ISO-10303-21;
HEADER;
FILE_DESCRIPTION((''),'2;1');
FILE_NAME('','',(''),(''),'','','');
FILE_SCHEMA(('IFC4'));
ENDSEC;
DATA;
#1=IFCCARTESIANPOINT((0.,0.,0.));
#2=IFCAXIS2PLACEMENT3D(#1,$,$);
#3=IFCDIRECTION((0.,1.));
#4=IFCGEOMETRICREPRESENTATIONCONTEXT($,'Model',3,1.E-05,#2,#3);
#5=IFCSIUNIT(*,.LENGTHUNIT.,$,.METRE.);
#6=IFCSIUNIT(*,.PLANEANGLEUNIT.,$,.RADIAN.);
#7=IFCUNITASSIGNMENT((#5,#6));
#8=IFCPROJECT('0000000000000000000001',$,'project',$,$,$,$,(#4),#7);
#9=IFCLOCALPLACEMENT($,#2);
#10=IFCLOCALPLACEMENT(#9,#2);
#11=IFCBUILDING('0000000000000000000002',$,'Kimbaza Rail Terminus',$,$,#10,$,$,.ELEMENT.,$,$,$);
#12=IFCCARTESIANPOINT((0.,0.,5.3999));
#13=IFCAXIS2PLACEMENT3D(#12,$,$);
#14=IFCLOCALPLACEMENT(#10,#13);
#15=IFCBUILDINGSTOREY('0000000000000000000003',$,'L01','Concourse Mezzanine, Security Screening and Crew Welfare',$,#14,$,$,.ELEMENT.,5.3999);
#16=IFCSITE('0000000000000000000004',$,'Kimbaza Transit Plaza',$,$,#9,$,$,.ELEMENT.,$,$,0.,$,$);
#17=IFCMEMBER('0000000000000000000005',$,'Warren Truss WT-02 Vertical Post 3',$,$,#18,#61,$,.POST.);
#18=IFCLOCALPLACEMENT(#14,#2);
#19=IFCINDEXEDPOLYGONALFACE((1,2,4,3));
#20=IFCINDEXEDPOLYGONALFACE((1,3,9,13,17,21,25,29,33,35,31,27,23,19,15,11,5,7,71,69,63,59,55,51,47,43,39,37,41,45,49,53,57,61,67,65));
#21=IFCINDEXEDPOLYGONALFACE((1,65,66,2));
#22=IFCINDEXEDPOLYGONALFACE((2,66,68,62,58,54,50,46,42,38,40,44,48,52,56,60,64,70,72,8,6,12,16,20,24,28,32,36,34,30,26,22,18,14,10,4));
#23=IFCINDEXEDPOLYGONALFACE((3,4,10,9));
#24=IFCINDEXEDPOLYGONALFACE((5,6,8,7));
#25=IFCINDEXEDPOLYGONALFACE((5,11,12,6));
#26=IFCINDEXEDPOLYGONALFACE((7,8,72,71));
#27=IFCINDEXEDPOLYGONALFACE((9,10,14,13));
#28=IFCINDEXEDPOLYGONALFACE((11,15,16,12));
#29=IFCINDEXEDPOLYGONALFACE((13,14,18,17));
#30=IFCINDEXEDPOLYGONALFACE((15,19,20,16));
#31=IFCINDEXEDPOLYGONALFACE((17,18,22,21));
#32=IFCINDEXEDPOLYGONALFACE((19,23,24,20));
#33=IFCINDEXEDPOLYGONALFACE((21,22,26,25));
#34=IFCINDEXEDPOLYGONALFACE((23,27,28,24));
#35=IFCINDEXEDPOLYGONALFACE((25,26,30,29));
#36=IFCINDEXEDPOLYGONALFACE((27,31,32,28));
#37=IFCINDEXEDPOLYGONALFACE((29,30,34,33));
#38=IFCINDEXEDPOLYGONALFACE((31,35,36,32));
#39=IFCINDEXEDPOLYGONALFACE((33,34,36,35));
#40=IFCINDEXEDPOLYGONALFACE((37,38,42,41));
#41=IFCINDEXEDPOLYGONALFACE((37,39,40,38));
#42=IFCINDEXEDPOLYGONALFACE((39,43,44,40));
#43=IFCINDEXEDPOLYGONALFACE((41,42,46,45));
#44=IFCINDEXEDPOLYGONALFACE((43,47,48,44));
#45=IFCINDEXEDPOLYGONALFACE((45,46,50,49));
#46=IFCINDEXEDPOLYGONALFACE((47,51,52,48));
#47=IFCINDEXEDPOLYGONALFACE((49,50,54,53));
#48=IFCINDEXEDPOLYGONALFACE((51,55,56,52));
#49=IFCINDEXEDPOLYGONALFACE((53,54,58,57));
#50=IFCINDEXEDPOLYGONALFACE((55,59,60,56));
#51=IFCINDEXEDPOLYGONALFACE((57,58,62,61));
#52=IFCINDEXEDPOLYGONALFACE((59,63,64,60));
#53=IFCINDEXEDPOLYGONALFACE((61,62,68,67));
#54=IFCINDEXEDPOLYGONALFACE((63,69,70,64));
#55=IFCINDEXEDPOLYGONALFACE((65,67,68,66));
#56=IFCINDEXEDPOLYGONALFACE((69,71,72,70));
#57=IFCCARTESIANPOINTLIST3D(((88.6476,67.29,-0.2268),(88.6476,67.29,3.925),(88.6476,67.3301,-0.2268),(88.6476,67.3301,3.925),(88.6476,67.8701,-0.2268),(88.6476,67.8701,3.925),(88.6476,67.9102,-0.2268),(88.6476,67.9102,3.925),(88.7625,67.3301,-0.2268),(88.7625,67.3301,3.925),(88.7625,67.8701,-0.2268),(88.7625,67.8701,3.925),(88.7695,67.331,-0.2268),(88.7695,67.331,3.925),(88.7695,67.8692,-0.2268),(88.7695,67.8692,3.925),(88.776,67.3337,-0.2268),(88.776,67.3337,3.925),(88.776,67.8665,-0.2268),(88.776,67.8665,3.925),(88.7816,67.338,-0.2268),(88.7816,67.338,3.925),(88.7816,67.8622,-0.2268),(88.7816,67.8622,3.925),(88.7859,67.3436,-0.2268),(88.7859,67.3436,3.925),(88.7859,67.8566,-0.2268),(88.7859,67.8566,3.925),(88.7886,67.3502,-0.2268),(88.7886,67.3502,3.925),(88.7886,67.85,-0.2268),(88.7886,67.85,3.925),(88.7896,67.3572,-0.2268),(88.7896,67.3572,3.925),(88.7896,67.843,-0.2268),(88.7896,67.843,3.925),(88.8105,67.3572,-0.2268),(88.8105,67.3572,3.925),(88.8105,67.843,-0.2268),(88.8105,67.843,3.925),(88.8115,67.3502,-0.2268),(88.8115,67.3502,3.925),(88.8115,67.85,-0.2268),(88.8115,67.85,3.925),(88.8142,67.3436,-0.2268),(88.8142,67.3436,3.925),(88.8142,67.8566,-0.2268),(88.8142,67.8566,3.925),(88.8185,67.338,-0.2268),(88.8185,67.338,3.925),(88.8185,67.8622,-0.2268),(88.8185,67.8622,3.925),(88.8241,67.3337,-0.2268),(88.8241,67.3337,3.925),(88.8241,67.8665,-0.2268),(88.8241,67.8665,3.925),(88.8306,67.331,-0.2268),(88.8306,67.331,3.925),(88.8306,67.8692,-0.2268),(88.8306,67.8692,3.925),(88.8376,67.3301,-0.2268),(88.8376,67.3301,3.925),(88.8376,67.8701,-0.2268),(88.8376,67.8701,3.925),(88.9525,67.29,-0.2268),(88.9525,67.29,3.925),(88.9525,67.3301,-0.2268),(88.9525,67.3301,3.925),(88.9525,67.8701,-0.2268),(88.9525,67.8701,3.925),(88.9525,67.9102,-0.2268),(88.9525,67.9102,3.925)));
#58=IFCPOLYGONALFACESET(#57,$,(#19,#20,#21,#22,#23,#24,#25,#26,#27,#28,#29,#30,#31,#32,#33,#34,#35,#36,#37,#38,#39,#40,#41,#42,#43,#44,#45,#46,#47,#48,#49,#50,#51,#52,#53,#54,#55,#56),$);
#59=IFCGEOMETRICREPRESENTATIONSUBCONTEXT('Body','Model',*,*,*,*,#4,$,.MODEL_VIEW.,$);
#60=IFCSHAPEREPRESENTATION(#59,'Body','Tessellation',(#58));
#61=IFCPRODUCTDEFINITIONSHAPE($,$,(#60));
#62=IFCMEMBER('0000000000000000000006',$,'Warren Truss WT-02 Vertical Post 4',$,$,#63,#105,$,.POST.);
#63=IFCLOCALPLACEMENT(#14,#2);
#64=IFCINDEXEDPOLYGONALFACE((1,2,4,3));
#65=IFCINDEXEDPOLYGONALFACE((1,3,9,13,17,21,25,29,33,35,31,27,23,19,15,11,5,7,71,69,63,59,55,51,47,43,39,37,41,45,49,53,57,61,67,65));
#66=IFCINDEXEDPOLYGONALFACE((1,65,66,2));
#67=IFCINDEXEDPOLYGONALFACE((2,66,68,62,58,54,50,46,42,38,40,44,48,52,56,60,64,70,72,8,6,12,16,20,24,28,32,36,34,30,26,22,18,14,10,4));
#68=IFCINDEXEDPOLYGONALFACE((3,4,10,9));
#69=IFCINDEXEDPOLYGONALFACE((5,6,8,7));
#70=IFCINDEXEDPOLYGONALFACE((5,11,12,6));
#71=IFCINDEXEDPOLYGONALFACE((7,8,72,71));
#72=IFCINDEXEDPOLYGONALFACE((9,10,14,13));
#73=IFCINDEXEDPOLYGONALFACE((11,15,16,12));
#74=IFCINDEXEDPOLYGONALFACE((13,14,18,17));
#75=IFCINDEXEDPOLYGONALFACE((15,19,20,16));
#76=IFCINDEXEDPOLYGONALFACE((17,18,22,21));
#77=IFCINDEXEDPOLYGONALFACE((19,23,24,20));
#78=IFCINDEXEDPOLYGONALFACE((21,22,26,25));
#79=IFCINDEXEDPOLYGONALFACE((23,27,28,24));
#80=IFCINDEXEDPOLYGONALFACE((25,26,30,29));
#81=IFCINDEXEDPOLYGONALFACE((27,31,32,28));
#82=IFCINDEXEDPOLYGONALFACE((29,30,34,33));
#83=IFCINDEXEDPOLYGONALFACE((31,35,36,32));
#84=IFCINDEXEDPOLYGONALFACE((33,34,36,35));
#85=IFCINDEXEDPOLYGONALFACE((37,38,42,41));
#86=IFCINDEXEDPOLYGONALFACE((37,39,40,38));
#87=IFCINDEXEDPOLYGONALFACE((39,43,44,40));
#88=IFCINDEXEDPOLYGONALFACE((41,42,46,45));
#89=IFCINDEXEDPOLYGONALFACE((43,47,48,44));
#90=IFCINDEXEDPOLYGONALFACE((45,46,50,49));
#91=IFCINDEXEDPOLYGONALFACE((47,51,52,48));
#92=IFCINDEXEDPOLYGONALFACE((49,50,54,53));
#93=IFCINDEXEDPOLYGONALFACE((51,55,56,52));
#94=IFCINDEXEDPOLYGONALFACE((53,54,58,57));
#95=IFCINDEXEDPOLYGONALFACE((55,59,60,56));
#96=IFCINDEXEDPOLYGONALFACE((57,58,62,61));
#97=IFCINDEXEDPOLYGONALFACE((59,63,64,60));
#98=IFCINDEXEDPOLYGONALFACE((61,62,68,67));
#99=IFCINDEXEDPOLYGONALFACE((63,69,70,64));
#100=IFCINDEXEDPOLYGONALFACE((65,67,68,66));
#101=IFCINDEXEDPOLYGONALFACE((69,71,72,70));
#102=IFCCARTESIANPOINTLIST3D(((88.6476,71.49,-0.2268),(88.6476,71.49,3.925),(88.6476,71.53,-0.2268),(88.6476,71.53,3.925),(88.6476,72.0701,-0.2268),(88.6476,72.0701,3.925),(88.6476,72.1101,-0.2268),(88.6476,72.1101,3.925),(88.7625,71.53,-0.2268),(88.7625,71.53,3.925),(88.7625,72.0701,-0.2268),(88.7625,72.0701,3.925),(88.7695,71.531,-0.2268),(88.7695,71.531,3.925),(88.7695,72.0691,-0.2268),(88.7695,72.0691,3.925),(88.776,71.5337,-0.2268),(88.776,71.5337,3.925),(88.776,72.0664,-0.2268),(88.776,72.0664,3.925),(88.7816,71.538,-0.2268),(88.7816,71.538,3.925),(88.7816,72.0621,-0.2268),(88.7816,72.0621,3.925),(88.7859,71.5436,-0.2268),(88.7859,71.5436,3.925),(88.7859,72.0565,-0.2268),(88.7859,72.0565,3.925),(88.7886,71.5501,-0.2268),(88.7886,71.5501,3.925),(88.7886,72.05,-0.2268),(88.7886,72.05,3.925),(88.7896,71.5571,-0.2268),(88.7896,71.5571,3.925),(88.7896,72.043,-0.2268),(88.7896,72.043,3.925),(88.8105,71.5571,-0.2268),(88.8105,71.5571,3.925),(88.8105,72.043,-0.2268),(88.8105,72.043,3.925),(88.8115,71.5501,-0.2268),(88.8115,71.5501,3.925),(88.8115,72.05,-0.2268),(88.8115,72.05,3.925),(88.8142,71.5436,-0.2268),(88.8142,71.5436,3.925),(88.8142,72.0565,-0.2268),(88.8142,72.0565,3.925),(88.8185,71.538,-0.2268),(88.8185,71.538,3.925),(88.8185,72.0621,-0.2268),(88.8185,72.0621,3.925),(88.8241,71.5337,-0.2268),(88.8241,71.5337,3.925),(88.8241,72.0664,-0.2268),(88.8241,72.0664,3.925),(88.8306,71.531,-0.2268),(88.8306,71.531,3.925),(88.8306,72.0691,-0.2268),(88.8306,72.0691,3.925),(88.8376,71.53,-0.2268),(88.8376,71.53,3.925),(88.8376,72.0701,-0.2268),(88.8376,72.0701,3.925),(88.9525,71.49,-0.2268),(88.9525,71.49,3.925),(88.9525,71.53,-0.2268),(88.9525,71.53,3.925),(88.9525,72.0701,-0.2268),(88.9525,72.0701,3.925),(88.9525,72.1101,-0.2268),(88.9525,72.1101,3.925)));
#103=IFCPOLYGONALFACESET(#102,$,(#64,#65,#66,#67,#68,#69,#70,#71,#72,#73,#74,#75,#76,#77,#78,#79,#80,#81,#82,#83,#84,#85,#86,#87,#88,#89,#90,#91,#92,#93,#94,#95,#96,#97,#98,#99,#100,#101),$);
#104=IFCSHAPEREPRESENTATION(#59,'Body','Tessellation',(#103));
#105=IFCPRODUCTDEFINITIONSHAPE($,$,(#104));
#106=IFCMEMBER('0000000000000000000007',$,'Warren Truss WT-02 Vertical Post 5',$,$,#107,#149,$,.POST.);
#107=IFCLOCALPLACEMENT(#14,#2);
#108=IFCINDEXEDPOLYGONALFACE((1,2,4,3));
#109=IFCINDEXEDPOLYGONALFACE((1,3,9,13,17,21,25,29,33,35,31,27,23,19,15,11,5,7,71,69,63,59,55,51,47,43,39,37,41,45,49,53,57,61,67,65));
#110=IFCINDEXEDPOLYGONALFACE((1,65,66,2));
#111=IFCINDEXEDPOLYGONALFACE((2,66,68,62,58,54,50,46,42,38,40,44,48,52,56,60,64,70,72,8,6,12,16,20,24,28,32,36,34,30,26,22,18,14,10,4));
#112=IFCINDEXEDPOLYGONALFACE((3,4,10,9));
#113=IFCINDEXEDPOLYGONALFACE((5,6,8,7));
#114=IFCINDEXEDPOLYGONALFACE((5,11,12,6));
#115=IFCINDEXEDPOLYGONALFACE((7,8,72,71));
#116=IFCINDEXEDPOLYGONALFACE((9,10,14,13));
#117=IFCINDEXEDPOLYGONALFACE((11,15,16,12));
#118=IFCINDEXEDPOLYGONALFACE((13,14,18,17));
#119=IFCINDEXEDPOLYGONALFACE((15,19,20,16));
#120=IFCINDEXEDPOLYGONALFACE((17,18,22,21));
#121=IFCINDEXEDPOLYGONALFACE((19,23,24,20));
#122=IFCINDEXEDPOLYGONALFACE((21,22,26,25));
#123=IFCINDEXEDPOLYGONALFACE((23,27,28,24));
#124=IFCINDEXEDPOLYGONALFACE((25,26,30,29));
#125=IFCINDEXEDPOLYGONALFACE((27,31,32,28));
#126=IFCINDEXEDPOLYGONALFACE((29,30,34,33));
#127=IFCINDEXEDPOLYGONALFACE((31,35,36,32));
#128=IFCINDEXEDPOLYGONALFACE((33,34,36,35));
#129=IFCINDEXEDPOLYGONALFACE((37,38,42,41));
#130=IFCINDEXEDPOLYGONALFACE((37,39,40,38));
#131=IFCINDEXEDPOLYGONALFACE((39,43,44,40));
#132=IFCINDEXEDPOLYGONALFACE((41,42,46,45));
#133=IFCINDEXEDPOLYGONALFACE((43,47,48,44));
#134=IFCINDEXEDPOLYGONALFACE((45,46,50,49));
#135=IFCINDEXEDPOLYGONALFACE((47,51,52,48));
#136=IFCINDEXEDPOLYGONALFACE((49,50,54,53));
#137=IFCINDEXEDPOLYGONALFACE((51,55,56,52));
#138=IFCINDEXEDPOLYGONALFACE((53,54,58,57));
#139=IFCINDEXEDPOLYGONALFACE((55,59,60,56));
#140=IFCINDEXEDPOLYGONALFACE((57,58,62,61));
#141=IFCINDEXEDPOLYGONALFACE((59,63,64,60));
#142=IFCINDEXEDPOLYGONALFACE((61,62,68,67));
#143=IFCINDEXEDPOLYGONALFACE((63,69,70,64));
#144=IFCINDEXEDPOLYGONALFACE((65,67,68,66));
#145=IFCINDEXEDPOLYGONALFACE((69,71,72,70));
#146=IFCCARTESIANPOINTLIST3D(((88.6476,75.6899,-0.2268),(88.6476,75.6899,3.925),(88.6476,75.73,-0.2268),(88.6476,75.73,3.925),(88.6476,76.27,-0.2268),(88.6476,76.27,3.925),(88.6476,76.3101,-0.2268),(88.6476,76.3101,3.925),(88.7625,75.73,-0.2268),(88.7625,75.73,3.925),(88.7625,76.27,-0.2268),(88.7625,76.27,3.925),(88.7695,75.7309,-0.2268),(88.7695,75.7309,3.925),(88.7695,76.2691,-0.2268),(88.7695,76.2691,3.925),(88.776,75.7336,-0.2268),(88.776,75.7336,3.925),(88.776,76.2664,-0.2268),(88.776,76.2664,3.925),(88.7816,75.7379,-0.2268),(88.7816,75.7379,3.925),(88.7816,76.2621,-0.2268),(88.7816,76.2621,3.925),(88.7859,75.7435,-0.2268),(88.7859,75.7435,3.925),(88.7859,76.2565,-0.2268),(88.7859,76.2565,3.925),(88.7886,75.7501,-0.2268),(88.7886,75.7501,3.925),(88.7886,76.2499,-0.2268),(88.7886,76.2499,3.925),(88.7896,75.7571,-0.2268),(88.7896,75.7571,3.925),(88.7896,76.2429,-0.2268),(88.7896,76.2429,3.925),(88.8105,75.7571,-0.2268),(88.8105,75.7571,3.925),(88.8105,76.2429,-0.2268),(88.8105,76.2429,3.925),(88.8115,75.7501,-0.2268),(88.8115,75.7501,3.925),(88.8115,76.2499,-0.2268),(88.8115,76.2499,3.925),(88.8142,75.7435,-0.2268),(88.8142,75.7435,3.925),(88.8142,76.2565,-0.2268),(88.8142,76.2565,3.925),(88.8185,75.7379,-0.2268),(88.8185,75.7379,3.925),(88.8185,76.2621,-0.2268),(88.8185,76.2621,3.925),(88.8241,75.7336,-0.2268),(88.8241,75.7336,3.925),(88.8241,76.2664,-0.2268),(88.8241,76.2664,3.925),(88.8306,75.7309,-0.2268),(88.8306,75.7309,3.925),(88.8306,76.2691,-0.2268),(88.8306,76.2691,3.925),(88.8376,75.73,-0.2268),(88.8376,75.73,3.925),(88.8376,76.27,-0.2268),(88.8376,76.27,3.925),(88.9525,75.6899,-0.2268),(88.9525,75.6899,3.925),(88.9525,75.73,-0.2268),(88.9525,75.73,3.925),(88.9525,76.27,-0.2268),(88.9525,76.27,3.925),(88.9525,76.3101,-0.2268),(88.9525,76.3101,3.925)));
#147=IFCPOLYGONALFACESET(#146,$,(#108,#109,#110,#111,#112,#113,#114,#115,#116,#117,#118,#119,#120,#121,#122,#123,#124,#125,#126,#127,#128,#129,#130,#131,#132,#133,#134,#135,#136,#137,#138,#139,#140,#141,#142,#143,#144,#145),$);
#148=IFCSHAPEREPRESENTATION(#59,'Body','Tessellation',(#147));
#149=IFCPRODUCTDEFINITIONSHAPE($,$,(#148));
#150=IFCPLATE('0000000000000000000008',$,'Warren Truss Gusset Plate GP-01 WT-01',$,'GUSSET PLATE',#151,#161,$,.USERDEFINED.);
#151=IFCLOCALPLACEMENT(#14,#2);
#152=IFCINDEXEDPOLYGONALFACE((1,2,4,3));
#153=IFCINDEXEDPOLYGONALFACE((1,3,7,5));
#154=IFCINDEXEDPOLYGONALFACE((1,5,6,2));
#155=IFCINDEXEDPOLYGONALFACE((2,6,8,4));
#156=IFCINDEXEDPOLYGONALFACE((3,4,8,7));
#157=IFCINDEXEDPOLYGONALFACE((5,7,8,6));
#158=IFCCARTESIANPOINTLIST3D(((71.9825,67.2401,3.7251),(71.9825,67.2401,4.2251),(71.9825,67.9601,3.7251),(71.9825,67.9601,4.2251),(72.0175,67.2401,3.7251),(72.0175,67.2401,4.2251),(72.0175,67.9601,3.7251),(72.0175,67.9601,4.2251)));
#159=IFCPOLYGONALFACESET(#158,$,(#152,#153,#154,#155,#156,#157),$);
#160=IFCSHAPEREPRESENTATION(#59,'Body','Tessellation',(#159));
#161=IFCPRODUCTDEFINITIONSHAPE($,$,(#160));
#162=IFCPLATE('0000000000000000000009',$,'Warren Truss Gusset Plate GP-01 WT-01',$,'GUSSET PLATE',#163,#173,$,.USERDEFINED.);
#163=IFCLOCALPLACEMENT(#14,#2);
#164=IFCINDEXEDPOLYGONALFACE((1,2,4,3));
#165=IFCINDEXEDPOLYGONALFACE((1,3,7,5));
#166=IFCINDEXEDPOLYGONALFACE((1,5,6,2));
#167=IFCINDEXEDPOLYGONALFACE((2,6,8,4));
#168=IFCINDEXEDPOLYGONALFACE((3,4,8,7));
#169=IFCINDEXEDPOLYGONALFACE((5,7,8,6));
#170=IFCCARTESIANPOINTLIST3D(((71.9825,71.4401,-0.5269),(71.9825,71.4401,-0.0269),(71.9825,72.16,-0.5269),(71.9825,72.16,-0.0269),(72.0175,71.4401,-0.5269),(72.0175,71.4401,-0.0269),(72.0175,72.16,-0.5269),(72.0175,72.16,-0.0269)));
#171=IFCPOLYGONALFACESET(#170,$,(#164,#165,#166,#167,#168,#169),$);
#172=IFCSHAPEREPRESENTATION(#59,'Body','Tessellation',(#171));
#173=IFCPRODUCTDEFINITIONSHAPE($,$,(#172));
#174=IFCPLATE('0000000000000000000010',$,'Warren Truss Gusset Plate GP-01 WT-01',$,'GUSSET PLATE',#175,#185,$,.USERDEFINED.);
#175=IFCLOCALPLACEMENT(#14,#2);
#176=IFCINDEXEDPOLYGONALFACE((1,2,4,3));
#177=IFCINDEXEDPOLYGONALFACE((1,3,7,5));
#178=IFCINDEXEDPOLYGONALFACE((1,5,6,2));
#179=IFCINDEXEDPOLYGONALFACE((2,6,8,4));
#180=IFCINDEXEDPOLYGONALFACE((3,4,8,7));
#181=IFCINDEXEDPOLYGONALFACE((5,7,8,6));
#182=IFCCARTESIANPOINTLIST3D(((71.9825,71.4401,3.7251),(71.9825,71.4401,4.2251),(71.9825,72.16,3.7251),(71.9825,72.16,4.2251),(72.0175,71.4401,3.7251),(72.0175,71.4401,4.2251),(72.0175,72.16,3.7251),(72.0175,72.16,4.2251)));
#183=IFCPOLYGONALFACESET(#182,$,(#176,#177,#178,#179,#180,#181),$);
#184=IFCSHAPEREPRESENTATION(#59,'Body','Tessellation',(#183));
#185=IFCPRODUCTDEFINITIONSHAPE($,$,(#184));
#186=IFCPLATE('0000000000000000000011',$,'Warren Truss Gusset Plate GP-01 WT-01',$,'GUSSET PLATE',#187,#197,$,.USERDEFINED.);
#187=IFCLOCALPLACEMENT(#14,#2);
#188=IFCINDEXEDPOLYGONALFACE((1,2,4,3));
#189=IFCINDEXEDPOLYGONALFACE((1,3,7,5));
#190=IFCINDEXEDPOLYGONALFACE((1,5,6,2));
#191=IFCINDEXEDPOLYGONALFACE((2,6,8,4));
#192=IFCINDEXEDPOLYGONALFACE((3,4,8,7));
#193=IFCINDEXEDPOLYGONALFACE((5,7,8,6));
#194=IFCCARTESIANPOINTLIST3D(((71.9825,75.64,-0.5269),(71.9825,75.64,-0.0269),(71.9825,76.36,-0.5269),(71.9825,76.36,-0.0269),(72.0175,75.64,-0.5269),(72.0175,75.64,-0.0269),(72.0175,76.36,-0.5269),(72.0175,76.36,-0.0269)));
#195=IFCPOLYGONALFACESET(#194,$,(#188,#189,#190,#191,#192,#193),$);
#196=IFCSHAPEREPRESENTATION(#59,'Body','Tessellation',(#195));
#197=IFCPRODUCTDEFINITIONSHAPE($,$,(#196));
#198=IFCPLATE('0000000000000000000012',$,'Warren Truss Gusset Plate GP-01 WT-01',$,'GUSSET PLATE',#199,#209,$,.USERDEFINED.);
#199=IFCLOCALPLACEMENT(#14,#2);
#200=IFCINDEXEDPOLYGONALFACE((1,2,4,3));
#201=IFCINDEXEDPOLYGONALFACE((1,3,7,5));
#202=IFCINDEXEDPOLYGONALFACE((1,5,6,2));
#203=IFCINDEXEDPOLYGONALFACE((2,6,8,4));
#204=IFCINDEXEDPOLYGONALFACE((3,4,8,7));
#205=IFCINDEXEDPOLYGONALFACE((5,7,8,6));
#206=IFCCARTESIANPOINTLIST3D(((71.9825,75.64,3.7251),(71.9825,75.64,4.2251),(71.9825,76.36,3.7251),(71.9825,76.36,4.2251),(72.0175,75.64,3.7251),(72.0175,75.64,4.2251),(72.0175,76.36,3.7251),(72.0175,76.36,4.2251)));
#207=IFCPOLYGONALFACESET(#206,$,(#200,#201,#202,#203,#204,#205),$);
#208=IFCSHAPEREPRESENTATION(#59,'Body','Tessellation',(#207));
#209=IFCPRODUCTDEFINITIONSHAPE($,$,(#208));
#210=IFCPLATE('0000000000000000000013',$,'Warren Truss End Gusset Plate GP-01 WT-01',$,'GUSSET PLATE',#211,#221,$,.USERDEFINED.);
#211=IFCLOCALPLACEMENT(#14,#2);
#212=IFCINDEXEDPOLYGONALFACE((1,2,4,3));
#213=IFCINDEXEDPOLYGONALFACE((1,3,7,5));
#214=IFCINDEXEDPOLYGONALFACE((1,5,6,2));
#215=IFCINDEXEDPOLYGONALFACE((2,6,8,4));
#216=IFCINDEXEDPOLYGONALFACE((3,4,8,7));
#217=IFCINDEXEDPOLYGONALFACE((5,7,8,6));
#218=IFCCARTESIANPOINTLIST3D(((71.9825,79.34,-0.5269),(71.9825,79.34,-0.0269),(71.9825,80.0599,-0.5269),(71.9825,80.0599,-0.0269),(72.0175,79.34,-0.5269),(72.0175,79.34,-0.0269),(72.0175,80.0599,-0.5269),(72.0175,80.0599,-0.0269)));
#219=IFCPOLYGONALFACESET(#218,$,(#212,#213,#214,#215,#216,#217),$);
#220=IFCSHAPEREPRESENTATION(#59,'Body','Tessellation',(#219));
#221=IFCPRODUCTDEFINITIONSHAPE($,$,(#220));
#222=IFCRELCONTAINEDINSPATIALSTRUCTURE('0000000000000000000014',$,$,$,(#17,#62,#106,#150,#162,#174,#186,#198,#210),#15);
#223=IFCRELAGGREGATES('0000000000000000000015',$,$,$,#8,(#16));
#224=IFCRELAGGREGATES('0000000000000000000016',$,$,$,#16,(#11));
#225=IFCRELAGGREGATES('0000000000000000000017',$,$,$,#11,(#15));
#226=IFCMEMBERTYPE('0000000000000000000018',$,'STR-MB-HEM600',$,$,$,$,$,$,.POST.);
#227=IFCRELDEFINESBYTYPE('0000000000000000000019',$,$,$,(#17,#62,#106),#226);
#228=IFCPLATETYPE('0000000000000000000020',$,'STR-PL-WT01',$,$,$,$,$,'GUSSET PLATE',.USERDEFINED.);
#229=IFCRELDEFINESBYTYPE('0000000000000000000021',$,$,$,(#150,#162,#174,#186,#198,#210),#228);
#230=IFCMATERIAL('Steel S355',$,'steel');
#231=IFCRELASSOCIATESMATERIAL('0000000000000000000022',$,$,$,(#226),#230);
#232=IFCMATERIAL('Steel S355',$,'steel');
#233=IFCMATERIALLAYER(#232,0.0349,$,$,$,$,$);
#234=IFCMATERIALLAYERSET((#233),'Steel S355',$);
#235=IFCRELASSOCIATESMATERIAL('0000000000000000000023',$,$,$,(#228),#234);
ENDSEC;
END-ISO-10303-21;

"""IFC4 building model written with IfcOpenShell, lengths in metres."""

from ifc_helpers import new_model, si_unit, direction, frame, origin, origin_2d, place, context, subcontext, project, spatial, rectangle, i_section, extrude, material, layer, layer_set, material_profile, profile_set, type_object, element, save


model = new_model("IFC4")

# Units and contexts
model_context = context("Model", 3, precision=1e-05, world=origin(), true_north=direction((0.0, 1.0)))
body_context = subcontext(model_context, "Body", "Model", "MODEL_VIEW")
ifc_project = project(units=[si_unit("LENGTHUNIT", "METRE"), si_unit("PLANEANGLEUNIT", "RADIAN")], contexts=[model_context])

# Site, building, storey
site_placement = place(None, origin())
site = spatial("IfcSite", under=ifc_project, at=site_placement, Name="Kimbaza Transit Plaza", CompositionType="ELEMENT", RefElevation=0.0)
building_placement = place(site_placement, origin())
building = spatial("IfcBuilding", under=site, at=building_placement, Name="Kimbaza Rail Terminus", CompositionType="ELEMENT")
storey_placement = place(building_placement, frame((0.0, 0.0, 5.3999)))
storey = spatial("IfcBuildingStorey", under=building, at=storey_placement, Name="L01", Description="Concourse Mezzanine, Security Screening and Crew Welfare", CompositionType="ELEMENT", Elevation=5.3999)

# Members
ifc_material_1 = material(Name="Steel S355", Category="steel")
ifc_material_profile_1 = material_profile(ifc_material_1, i_section(OverallWidth=0.3049, OverallDepth=0.6201, WebThickness=0.021, FlangeThickness=0.04, FilletRadius=0.0271, at=origin_2d()), Name="HEM 600")
ifc_profile_set_1 = profile_set([ifc_material_profile_1], Name="Steel S355")
member_type_1 = type_object("IfcMemberType", Name="STR-MB-HEM600", PredefinedType="POST", material=ifc_profile_set_1)
for number, where, z_axis, x_axis, name in (
    (1, (88.8, 67.6001, -0.2268), (0.0, 0.0, 1.0), (1.0, 0.0, 0.0), "Warren Truss WT-02 Vertical Post 3"),
    (2, (88.8, 71.8, -0.2268), (0.0, 0.0, 1.0), (1.0, 0.0, 0.0), "Warren Truss WT-02 Vertical Post 4"),
    (3, (88.8, 76.0, -0.2268), (0.0, 0.0, 1.0), (1.0, 0.0, 0.0), "Warren Truss WT-02 Vertical Post 5"),
):
    element("IfcMember", number, at=place(storey_placement, frame(where, z_axis=z_axis, x_axis=x_axis)), inside=storey, type_object=member_type_1, Name=name, PredefinedType="POST", context=body_context, shape_type="SweptSolid", body=[
        extrude(i_section(OverallWidth=0.3049, OverallDepth=0.6201, WebThickness=0.021, FlangeThickness=0.04, FilletRadius=0.0271, at=origin_2d()), origin(), (0.0, 0.0, 1.0), 4.1519),
    ])

# Plates
ifc_material_2 = material(Name="Steel S355", Category="steel")
ifc_layer = layer(ifc_material_2, 0.0349)
ifc_layer_set = layer_set([ifc_layer], Name="Steel S355")
plate_type = type_object("IfcPlateType", Name="STR-PL-WT01", ElementType="GUSSET PLATE", PredefinedType="USERDEFINED", material=ifc_layer_set)
for number, where, z_axis, x_axis, name in (
    (4, (72.0, 67.6001, 3.7251), (0.0, 0.0, 1.0), (1.0, 0.0, 0.0), "Warren Truss Gusset Plate GP-01 WT-01"),
    (5, (72.0, 71.8, -0.5269), (0.0, 0.0, 1.0), (1.0, 0.0, 0.0), "Warren Truss Gusset Plate GP-01 WT-01"),
    (6, (72.0, 71.8, 3.7251), (0.0, 0.0, 1.0), (1.0, 0.0, 0.0), "Warren Truss Gusset Plate GP-01 WT-01"),
    (7, (72.0, 76.0, -0.5269), (0.0, 0.0, 1.0), (1.0, 0.0, 0.0), "Warren Truss Gusset Plate GP-01 WT-01"),
    (8, (72.0, 76.0, 3.7251), (0.0, 0.0, 1.0), (1.0, 0.0, 0.0), "Warren Truss Gusset Plate GP-01 WT-01"),
    (9, (72.0, 79.7, -0.5269), (0.0, 0.0, 1.0), (1.0, 0.0, 0.0), "Warren Truss End Gusset Plate GP-01 WT-01"),
):
    element("IfcPlate", number, at=place(storey_placement, frame(where, z_axis=z_axis, x_axis=x_axis)), inside=storey, type_object=plate_type, Name=name, ObjectType="GUSSET PLATE", PredefinedType="USERDEFINED", context=body_context, shape_type="SweptSolid", body=[
        extrude(rectangle(XDim=0.0349, YDim=0.72, at=origin_2d()), origin(), (0.0, 0.0, 1.0), 0.5),
    ])

save(model, "model.ifc")
